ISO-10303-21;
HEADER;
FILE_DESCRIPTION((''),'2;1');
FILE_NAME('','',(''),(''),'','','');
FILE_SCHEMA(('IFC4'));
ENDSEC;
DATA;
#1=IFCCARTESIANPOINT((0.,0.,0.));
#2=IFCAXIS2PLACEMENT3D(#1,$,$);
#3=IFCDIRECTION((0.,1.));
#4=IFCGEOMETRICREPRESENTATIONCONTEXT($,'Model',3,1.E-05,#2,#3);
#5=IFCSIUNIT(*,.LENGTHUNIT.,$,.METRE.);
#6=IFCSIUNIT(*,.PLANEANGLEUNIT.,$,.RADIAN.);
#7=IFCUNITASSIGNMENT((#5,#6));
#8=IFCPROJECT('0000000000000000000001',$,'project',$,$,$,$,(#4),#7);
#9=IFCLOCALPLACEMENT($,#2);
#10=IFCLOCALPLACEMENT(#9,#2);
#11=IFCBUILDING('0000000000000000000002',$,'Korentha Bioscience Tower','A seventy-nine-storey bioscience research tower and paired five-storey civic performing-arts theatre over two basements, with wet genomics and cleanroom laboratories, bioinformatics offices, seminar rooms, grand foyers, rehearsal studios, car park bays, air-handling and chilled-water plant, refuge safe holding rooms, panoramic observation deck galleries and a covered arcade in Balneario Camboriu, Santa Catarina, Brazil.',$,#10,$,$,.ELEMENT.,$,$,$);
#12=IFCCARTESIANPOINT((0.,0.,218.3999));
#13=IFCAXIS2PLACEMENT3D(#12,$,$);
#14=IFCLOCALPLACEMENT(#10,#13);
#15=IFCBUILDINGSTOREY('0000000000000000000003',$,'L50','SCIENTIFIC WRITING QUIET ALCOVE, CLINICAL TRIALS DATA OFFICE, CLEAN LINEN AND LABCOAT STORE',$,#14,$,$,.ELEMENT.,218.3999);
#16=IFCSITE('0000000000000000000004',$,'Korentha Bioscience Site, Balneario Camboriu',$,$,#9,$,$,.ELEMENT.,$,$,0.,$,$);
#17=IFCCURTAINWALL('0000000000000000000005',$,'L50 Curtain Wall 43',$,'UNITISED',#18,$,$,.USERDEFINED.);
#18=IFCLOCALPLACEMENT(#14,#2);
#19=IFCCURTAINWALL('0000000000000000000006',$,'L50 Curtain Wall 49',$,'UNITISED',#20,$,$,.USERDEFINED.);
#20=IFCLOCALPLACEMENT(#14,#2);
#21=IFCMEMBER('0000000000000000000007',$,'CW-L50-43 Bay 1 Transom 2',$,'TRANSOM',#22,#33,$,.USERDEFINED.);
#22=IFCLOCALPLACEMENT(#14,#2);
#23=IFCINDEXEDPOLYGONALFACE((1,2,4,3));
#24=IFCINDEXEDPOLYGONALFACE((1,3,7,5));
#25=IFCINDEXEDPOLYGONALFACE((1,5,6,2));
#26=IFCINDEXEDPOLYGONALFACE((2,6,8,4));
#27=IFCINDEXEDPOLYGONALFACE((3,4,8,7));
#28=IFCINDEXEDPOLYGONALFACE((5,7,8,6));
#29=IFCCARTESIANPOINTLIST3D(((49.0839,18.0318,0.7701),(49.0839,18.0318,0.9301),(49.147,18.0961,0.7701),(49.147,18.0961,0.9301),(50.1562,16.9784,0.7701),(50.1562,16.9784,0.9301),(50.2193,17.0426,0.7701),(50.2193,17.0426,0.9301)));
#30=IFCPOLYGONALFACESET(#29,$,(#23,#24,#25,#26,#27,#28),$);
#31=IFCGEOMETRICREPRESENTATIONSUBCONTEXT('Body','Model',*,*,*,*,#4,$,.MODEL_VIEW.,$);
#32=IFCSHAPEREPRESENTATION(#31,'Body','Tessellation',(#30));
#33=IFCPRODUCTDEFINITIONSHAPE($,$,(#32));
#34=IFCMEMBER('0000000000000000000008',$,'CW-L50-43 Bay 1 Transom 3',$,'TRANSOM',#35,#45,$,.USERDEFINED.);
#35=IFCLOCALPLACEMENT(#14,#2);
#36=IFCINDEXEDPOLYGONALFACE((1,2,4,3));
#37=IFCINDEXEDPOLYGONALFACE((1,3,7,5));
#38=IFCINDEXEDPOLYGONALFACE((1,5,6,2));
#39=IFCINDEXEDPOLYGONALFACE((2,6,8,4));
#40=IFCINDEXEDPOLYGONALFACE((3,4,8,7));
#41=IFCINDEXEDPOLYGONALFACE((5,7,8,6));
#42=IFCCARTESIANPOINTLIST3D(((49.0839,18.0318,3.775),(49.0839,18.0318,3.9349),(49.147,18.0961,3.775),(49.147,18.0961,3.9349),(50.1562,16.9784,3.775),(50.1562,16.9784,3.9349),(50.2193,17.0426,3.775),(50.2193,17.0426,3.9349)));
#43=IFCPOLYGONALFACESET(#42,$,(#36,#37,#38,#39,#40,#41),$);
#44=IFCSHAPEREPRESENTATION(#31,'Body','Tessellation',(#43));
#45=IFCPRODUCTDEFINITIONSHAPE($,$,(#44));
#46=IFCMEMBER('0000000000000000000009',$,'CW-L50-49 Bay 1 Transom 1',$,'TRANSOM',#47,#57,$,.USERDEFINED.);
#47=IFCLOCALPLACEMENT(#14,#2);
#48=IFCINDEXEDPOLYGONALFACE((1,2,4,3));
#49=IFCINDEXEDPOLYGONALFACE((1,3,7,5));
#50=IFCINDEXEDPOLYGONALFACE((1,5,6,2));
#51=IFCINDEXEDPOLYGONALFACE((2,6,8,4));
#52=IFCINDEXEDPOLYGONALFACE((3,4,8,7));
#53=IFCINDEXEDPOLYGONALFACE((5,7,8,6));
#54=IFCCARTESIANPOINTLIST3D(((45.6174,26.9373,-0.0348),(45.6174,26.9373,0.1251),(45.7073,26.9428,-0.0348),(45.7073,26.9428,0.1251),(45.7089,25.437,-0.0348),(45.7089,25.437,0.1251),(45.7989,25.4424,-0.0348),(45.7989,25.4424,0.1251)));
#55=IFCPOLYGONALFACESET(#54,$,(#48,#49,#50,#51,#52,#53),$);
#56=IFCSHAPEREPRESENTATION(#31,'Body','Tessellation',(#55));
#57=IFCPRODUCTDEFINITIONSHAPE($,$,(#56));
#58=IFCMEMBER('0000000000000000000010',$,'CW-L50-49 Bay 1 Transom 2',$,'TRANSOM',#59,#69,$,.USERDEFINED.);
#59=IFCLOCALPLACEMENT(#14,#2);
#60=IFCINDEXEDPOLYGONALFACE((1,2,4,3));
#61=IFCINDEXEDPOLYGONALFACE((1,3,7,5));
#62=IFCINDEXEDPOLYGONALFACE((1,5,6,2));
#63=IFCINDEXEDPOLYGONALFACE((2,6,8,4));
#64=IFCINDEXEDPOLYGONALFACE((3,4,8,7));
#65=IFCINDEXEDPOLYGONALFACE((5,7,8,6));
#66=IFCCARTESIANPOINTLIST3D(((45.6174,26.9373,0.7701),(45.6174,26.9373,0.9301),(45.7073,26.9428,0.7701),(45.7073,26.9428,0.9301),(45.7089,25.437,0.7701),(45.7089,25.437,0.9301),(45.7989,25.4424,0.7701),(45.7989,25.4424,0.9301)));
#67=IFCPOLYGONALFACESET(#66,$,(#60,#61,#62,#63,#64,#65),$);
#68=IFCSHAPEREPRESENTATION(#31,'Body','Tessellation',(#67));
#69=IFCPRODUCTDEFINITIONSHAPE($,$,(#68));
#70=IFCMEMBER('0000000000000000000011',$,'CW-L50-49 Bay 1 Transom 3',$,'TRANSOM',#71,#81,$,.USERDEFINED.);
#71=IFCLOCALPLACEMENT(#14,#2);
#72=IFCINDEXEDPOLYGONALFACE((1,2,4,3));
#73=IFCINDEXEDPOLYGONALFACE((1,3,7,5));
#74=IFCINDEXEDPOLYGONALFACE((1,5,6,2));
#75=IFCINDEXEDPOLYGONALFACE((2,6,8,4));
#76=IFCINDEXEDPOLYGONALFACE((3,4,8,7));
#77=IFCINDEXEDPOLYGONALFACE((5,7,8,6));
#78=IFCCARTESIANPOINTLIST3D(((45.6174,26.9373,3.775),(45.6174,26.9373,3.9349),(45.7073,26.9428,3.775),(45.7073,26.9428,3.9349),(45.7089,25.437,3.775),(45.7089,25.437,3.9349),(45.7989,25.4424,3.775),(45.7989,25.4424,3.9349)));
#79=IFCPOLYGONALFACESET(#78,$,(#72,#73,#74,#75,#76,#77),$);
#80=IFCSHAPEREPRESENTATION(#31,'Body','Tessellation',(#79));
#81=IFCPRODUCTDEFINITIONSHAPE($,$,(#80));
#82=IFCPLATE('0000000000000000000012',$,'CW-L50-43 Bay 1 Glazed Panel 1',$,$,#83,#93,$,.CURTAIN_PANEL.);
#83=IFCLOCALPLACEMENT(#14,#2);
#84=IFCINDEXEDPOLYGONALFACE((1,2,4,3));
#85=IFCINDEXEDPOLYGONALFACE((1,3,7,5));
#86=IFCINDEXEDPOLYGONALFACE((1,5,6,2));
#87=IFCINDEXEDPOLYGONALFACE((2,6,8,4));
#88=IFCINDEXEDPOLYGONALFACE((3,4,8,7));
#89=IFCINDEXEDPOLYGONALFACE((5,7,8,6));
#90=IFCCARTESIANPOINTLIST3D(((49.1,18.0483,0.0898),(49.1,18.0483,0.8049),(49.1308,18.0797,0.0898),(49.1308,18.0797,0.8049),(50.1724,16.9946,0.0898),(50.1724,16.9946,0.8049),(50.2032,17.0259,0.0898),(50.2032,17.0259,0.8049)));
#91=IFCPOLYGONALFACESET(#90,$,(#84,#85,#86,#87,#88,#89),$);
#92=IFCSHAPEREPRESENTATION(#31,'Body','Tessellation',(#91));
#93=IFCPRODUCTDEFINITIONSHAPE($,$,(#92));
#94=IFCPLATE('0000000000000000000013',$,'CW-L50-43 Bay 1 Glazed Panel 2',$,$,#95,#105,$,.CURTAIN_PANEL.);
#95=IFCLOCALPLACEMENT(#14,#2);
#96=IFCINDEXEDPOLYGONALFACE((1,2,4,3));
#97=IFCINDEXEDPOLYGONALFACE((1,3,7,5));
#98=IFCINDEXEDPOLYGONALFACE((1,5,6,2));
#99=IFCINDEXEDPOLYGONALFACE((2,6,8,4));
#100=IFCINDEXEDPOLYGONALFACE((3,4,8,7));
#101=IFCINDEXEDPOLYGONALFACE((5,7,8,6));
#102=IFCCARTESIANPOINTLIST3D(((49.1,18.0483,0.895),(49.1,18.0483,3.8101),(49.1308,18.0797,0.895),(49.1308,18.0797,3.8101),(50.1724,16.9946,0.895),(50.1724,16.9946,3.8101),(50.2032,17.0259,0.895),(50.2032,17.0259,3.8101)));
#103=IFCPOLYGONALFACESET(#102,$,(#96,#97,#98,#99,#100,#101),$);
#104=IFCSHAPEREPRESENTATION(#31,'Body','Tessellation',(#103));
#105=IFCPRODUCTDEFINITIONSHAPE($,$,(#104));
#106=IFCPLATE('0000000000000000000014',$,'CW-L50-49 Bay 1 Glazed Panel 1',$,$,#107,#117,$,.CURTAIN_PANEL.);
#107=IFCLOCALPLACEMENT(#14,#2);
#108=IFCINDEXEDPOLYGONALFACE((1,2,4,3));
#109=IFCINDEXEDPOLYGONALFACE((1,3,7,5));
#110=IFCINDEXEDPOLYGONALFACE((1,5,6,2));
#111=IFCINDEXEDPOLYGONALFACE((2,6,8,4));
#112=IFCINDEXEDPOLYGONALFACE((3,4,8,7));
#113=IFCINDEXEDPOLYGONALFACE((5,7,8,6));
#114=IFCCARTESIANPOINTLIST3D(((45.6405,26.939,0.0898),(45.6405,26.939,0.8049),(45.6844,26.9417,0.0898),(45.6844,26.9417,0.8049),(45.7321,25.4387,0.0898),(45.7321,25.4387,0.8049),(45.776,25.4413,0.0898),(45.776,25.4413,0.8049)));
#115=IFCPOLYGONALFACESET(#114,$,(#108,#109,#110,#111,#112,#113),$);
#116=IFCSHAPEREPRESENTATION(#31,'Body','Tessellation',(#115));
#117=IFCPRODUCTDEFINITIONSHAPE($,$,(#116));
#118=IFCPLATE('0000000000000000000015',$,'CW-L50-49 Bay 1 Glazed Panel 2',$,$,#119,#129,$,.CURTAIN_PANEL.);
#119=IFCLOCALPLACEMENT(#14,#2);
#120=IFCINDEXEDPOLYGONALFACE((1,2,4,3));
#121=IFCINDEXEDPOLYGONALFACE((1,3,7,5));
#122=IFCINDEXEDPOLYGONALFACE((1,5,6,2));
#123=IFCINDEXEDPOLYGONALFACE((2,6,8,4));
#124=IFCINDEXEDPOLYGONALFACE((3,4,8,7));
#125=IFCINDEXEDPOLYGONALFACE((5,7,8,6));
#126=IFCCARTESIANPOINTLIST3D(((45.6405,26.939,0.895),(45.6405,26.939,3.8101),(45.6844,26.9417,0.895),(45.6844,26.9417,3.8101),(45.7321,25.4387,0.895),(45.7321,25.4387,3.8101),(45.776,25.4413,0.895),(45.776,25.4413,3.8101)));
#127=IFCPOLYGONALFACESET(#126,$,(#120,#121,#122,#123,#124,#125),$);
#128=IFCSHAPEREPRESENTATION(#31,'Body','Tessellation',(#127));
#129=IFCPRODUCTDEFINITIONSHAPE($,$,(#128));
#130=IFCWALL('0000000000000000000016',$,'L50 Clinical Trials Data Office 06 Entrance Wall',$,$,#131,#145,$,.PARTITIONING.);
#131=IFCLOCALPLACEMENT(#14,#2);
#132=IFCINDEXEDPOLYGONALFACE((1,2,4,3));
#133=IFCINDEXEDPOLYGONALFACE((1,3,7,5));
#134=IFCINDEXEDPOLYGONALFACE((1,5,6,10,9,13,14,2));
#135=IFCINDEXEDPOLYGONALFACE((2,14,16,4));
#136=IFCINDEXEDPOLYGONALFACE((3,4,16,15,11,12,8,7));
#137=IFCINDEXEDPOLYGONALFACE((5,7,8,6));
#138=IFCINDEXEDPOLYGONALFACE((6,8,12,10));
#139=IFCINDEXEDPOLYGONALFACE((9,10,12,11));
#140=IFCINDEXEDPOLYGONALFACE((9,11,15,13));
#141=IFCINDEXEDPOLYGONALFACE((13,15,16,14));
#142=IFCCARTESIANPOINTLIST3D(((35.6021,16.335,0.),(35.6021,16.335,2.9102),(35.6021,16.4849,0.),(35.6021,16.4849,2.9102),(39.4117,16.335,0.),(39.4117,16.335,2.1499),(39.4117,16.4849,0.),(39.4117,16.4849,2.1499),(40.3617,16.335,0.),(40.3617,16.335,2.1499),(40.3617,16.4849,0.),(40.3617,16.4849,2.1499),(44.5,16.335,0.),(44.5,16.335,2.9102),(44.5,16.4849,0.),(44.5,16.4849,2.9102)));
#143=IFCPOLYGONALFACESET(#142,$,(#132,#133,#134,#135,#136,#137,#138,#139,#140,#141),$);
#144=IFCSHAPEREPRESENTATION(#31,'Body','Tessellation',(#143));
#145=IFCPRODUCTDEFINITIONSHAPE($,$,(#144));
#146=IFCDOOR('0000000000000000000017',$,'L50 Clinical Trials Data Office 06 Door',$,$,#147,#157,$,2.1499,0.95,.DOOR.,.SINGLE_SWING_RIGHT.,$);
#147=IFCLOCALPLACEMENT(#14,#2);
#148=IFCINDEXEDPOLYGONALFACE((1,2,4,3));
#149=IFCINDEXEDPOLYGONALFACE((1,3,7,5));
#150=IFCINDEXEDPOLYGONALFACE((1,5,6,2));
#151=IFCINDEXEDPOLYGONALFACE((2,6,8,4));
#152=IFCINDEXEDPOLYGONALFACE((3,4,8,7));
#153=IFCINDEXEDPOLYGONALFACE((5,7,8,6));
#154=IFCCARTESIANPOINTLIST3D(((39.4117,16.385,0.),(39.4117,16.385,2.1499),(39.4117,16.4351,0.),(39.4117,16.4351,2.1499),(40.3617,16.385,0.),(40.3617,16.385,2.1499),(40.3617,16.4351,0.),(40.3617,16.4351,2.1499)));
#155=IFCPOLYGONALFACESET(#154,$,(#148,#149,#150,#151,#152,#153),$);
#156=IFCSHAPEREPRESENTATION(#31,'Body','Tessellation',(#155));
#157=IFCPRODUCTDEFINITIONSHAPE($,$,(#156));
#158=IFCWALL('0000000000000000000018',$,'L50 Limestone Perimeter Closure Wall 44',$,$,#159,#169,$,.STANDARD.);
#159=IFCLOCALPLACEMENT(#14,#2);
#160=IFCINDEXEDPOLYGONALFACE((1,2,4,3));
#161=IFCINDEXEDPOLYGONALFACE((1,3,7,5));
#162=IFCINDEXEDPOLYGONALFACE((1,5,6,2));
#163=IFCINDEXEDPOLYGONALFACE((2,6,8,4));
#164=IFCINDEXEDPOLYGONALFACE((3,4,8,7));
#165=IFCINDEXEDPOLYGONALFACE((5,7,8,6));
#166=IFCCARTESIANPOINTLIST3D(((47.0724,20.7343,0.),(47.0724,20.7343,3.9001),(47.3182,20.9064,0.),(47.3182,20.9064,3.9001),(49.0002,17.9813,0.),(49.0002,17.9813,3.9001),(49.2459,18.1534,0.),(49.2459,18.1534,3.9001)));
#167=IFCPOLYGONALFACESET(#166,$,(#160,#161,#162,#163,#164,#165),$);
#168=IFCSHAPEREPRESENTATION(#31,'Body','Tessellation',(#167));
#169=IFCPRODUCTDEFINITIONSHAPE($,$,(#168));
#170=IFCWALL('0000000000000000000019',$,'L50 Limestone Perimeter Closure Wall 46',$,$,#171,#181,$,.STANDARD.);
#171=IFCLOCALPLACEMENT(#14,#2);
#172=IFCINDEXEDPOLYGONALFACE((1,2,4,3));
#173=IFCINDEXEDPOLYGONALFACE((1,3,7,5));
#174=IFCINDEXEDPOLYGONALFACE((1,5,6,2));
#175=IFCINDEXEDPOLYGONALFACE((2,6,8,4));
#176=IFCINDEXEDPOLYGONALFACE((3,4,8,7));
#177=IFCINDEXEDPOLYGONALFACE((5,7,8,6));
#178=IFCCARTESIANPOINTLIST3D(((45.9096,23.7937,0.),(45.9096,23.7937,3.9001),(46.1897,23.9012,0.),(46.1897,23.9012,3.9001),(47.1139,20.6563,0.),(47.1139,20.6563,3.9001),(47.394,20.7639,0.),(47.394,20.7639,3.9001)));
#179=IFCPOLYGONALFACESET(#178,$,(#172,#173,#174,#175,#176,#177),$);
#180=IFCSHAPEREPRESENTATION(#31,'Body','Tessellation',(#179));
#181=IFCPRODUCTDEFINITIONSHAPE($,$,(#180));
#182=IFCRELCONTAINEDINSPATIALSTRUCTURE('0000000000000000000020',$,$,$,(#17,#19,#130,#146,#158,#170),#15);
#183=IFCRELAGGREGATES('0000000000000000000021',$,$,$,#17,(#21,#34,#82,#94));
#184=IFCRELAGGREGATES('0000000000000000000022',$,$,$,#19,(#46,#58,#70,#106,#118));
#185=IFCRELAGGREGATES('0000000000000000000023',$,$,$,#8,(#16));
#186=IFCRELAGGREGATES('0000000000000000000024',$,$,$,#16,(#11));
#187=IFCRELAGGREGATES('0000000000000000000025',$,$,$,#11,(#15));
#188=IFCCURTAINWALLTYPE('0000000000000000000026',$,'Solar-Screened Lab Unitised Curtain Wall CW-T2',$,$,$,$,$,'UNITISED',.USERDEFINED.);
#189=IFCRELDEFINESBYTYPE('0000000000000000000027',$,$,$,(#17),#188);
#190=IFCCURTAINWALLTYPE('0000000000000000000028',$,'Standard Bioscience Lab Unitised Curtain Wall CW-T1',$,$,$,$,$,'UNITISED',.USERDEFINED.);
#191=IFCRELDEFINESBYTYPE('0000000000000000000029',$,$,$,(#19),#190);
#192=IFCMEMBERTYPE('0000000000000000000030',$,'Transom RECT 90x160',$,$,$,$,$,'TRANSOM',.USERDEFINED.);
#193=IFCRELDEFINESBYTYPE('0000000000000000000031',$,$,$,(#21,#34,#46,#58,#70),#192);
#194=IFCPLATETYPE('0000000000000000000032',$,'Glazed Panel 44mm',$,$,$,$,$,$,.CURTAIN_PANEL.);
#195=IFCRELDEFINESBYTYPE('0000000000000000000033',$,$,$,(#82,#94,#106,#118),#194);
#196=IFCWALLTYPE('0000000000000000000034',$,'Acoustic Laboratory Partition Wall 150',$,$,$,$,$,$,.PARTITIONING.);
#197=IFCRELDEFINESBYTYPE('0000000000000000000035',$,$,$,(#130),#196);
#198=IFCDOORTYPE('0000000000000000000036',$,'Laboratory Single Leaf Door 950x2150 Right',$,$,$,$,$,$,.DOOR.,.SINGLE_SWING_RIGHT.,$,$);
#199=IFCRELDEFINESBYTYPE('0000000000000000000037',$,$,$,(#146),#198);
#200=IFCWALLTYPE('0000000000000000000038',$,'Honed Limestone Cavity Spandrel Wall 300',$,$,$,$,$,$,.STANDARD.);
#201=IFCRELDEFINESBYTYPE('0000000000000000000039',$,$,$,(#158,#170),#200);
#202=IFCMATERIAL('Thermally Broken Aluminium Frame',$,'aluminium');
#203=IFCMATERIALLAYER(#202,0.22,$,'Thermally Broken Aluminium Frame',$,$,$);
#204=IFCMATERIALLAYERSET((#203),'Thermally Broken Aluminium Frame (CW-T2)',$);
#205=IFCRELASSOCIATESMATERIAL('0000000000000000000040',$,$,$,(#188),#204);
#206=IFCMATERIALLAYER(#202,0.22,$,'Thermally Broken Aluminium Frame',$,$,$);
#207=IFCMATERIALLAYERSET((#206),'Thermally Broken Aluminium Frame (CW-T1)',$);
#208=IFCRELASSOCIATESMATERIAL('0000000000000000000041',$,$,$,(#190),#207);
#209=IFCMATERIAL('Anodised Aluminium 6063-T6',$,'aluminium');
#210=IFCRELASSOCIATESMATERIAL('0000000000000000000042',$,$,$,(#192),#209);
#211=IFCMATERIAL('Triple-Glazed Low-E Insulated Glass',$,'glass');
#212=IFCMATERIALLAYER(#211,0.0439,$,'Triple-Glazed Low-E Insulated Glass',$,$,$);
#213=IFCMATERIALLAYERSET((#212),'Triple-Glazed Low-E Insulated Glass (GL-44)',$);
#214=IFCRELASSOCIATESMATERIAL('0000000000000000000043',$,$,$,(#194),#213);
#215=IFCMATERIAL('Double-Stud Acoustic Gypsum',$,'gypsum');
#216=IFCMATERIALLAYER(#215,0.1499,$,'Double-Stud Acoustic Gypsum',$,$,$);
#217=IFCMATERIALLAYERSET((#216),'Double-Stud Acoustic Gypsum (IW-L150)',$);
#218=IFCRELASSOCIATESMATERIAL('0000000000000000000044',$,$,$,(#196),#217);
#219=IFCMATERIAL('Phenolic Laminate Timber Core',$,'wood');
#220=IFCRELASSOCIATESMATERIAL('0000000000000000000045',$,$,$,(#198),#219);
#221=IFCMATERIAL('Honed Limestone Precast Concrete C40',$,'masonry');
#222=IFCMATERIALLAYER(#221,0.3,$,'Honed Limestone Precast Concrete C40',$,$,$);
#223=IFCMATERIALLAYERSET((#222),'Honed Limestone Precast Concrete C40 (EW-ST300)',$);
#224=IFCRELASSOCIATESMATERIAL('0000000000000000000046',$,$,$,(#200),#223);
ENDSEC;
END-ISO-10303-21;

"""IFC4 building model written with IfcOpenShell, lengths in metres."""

from ifc_helpers import new_model, si_unit, direction, frame, frame_2d, origin, origin_2d, place, context, subcontext, project, spatial, rectangle, extrude, material, layer, layer_set, material_profile, profile_set, type_object, element, fill, aggregate, save


model = new_model("IFC4")

# Units and contexts
model_context = context("Model", 3, precision=1e-05, world=origin(), true_north=direction((0.0, 1.0)))
body_context = subcontext(model_context, "Body", "Model", "MODEL_VIEW")
ifc_project = project(units=[si_unit("LENGTHUNIT", "METRE"), si_unit("PLANEANGLEUNIT", "RADIAN")], contexts=[model_context])

# Site, building, storey
site_placement = place(None, origin())
site = spatial("IfcSite", under=ifc_project, at=site_placement, Name="Korentha Bioscience Site, Balneario Camboriu", CompositionType="ELEMENT", RefElevation=0.0)
building_placement = place(site_placement, origin())
building = spatial("IfcBuilding", under=site, at=building_placement, Name="Korentha Bioscience Tower", Description="A seventy-nine-storey bioscience research tower and paired five-storey civic performing-arts theatre over two basements, with wet genomics and cleanroom laboratories, bioinformatics offices, seminar rooms, grand foyers, rehearsal studios, car park bays, air-handling and chilled-water plant, refuge safe holding rooms, panoramic observation deck galleries and a covered arcade in Balneario Camboriu, Santa Catarina, Brazil.", CompositionType="ELEMENT")
storey_placement = place(building_placement, frame((0.0, 0.0, 218.3999)))
storey = spatial("IfcBuildingStorey", under=building, at=storey_placement, Name="L50", Description="SCIENTIFIC WRITING QUIET ALCOVE, CLINICAL TRIALS DATA OFFICE, CLEAN LINEN AND LABCOAT STORE", CompositionType="ELEMENT", Elevation=218.3999)

# Curtain walls
ifc_material_1 = material(Name="Thermally Broken Aluminium Frame", Category="aluminium")
ifc_layer_1 = layer(ifc_material_1, 0.22, Name="Thermally Broken Aluminium Frame")
ifc_layer_set_1 = layer_set([ifc_layer_1], Name="Thermally Broken Aluminium Frame (CW-T2)")
curtain_wall_type_1 = type_object("IfcCurtainWallType", Name="Solar-Screened Lab Unitised Curtain Wall CW-T2", ElementType="UNITISED", PredefinedType="USERDEFINED", material=ifc_layer_set_1)
curtain_wall_1_placement = place(storey_placement, origin())
curtain_wall_1 = element("IfcCurtainWall", 1, at=curtain_wall_1_placement, inside=storey, type_object=curtain_wall_type_1, Name="L50 Curtain Wall 43", ObjectType="UNITISED", PredefinedType="USERDEFINED")
ifc_material_2 = material(Name="Anodised Aluminium 6063-T6", Category="aluminium")
ifc_layer_2 = layer(ifc_material_1, 0.22, Name="Thermally Broken Aluminium Frame")
ifc_layer_set_2 = layer_set([ifc_layer_2], Name="Thermally Broken Aluminium Frame (CW-T1)")
curtain_wall_type_2 = type_object("IfcCurtainWallType", Name="Standard Bioscience Lab Unitised Curtain Wall CW-T1", ElementType="UNITISED", PredefinedType="USERDEFINED", material=ifc_layer_set_2)
curtain_wall_2_placement = place(storey_placement, origin())
curtain_wall_2 = element("IfcCurtainWall", 2, at=curtain_wall_2_placement, inside=storey, type_object=curtain_wall_type_2, Name="L50 Curtain Wall 49", ObjectType="UNITISED", PredefinedType="USERDEFINED")

# Members
ifc_material_profile_1 = material_profile(ifc_material_2, rectangle(XDim=0.0901, YDim=0.1599, at=origin_2d()), Name="Anodised Aluminium 6063-T6")
ifc_profile_set_1 = profile_set([ifc_material_profile_1], Name="Anodised Aluminium 6063-T6 (CW-TRN)")
member_type_1 = type_object("IfcMemberType", Name="Transom RECT 90x160", ElementType="TRANSOM", PredefinedType="USERDEFINED", material=ifc_profile_set_1)
member_1_placement = place(storey_placement, frame((50.1877, 17.0105, 0.8501), z_axis=(-0.713332, 0.700826, 0.0), x_axis=(-0.700826, -0.713332, 0.0)))
member_1 = element("IfcMember", 3, at=member_1_placement, type_object=member_type_1, Name="CW-L50-43 Bay 1 Transom 2", ObjectType="TRANSOM", PredefinedType="USERDEFINED", context=body_context, shape_type="SweptSolid", body=[
    extrude(rectangle(XDim=0.0901, YDim=0.1599, at=origin_2d()), origin(), (0.0, 0.0, 1.0), 1.5032),
])
member_2_placement = place(storey_placement, frame((50.1877, 17.0105, 3.855), z_axis=(-0.713332, 0.700826, 0.0), x_axis=(-0.700826, -0.713332, 0.0)))
member_2 = element("IfcMember", 4, at=member_2_placement, type_object=member_type_1, Name="CW-L50-43 Bay 1 Transom 3", ObjectType="TRANSOM", PredefinedType="USERDEFINED", context=body_context, shape_type="SweptSolid", body=[
    extrude(rectangle(XDim=0.0901, YDim=0.1599, at=origin_2d()), origin(), (0.0, 0.0, 1.0), 1.5032),
])
member_3_placement = place(storey_placement, frame((45.7539, 25.4397, 0.0452), z_axis=(-0.060902, 0.998144, 0.0), x_axis=(-0.998144, -0.060902, 0.0)))
member_3 = element("IfcMember", 5, at=member_3_placement, type_object=member_type_1, Name="CW-L50-49 Bay 1 Transom 1", ObjectType="TRANSOM", PredefinedType="USERDEFINED", context=body_context, shape_type="SweptSolid", body=[
    extrude(rectangle(XDim=0.0901, YDim=0.1599, at=origin_2d()), origin(), (0.0, 0.0, 1.0), 1.5032),
])
member_4_placement = place(storey_placement, frame((45.7539, 25.4397, 0.8501), z_axis=(-0.060902, 0.998144, 0.0), x_axis=(-0.998144, -0.060902, 0.0)))
member_4 = element("IfcMember", 6, at=member_4_placement, type_object=member_type_1, Name="CW-L50-49 Bay 1 Transom 2", ObjectType="TRANSOM", PredefinedType="USERDEFINED", context=body_context, shape_type="SweptSolid", body=[
    extrude(rectangle(XDim=0.0901, YDim=0.1599, at=origin_2d()), origin(), (0.0, 0.0, 1.0), 1.5032),
])
member_5_placement = place(storey_placement, frame((45.7539, 25.4397, 3.855), z_axis=(-0.060902, 0.998144, 0.0), x_axis=(-0.998144, -0.060902, 0.0)))
member_5 = element("IfcMember", 7, at=member_5_placement, type_object=member_type_1, Name="CW-L50-49 Bay 1 Transom 3", ObjectType="TRANSOM", PredefinedType="USERDEFINED", context=body_context, shape_type="SweptSolid", body=[
    extrude(rectangle(XDim=0.0901, YDim=0.1599, at=origin_2d()), origin(), (0.0, 0.0, 1.0), 1.5032),
])

# Plates
ifc_material_3 = material(Name="Triple-Glazed Low-E Insulated Glass", Category="glass")
ifc_layer_3 = layer(ifc_material_3, 0.0439, Name="Triple-Glazed Low-E Insulated Glass")
ifc_layer_set_3 = layer_set([ifc_layer_3], Name="Triple-Glazed Low-E Insulated Glass (GL-44)")
plate_type = type_object("IfcPlateType", Name="Glazed Panel 44mm", PredefinedType="CURTAIN_PANEL", material=ifc_layer_set_3)
plate_1_placement = place(storey_placement, frame((49.6516, 17.5371, 0.0898), z_axis=(0.0, 0.0, 1.0), x_axis=(-0.713258, 0.700901, 0.0)))
plate_1 = element("IfcPlate", 8, at=plate_1_placement, type_object=plate_type, Name="CW-L50-43 Bay 1 Glazed Panel 1", PredefinedType="CURTAIN_PANEL", context=body_context, shape_type="SweptSolid", body=[
    extrude(rectangle(XDim=1.5034, YDim=0.0439, at=origin_2d()), origin(), (0.0, 0.0, 1.0), 0.7151),
])
plate_2_placement = place(storey_placement, frame((49.6516, 17.5371, 0.895), z_axis=(0.0, 0.0, 1.0), x_axis=(-0.713258, 0.700901, 0.0)))
plate_2 = element("IfcPlate", 9, at=plate_2_placement, type_object=plate_type, Name="CW-L50-43 Bay 1 Glazed Panel 2", PredefinedType="CURTAIN_PANEL", context=body_context, shape_type="SweptSolid", body=[
    extrude(rectangle(XDim=1.5034, YDim=0.0439, at=origin_2d()), origin(), (0.0, 0.0, 1.0), 2.915),
])
aggregate(curtain_wall_1, [member_1, member_2, plate_1, plate_2])
plate_3_placement = place(storey_placement, frame((45.7083, 26.1902, 0.0898), z_axis=(0.0, 0.0, 1.0), x_axis=(-0.060954, 0.998141, 0.0)))
plate_3 = element("IfcPlate", 10, at=plate_3_placement, type_object=plate_type, Name="CW-L50-49 Bay 1 Glazed Panel 1", PredefinedType="CURTAIN_PANEL", context=body_context, shape_type="SweptSolid", body=[
    extrude(rectangle(XDim=1.5032, YDim=0.0439, at=origin_2d()), origin(), (0.0, 0.0, 1.0), 0.7151),
])
plate_4_placement = place(storey_placement, frame((45.7083, 26.1902, 0.895), z_axis=(0.0, 0.0, 1.0), x_axis=(-0.060954, 0.998141, 0.0)))
plate_4 = element("IfcPlate", 11, at=plate_4_placement, type_object=plate_type, Name="CW-L50-49 Bay 1 Glazed Panel 2", PredefinedType="CURTAIN_PANEL", context=body_context, shape_type="SweptSolid", body=[
    extrude(rectangle(XDim=1.5032, YDim=0.0439, at=origin_2d()), origin(), (0.0, 0.0, 1.0), 2.915),
])
aggregate(curtain_wall_2, [member_3, member_4, member_5, plate_3, plate_4])

# Wall, opening, door
ifc_material_4 = material(Name="Double-Stud Acoustic Gypsum", Category="gypsum")
ifc_layer_4 = layer(ifc_material_4, 0.1499, Name="Double-Stud Acoustic Gypsum")
ifc_layer_set_4 = layer_set([ifc_layer_4], Name="Double-Stud Acoustic Gypsum (IW-L150)")
wall_type_1 = type_object("IfcWallType", Name="Acoustic Laboratory Partition Wall 150", PredefinedType="PARTITIONING", material=ifc_layer_set_4)
wall_1_placement = place(storey_placement, frame((44.5, 16.4099, 0.0), z_axis=(0.0, 0.0, 1.0), x_axis=(-1.0, 0.0, 0.0)))
wall_1 = element("IfcWall", 12, at=wall_1_placement, inside=storey, type_object=wall_type_1, Name="L50 Clinical Trials Data Office 06 Entrance Wall", PredefinedType="PARTITIONING", context=body_context, shape_type="SweptSolid", body=[
    extrude(rectangle(XDim=8.8979, YDim=0.1499, at=frame_2d((4.449, 0.0))), origin(), (0.0, 0.0, 1.0), 2.9102),
])
opening_placement = place(wall_1_placement, frame((4.1382, 0.0, 0.0)))
opening = element("IfcOpeningElement", 13, at=opening_placement, cuts=wall_1, PredefinedType="OPENING", context=body_context, shape_type="SweptSolid", body=[
    extrude(rectangle(XDim=0.95, YDim=2.1499, at=frame_2d((0.4751, 1.075))), frame((0.0, 0.0898, 0.0), z_axis=(0.0, -1.0, 0.0), x_axis=(1.0, 0.0, 0.0)), (0.0, 0.0, 1.0), 0.1797),
])
ifc_material_5 = material(Name="Phenolic Laminate Timber Core", Category="wood")
door_type = type_object("IfcDoorType", Name="Laboratory Single Leaf Door 950x2150 Right", OperationType="SINGLE_SWING_RIGHT", PredefinedType="DOOR", material=ifc_material_5)
door_placement = place(opening_placement, origin())
door = element("IfcDoor", 14, at=door_placement, inside=storey, type_object=door_type, Name="L50 Clinical Trials Data Office 06 Door", OperationType="SINGLE_SWING_RIGHT", OverallHeight=2.1499, OverallWidth=0.95, PredefinedType="DOOR", context=body_context, shape_type="SweptSolid", body=[
    extrude(rectangle(XDim=0.95, YDim=2.1499, at=frame_2d((0.4751, 1.075))), frame((0.0, 0.0249, 0.0), z_axis=(0.0, -1.0, 0.0), x_axis=(1.0, 0.0, 0.0)), (0.0, 0.0, 1.0), 0.05),
])
fill(opening, door)

# Walls
ifc_material_6 = material(Name="Honed Limestone Precast Concrete C40", Category="masonry")
ifc_layer_5 = layer(ifc_material_6, 0.3, Name="Honed Limestone Precast Concrete C40")
ifc_layer_set_5 = layer_set([ifc_layer_5], Name="Honed Limestone Precast Concrete C40 (EW-ST300)")
wall_type_2 = type_object("IfcWallType", Name="Honed Limestone Cavity Spandrel Wall 300", PredefinedType="STANDARD", material=ifc_layer_set_5)
wall_2_placement = place(storey_placement, frame((49.123, 18.0674, 0.0), z_axis=(0.0, 0.0, 1.0), x_axis=(-0.573599, 0.819136, 0.0)))
element("IfcWall", 15, at=wall_2_placement, inside=storey, type_object=wall_type_2, Name="L50 Limestone Perimeter Closure Wall 44", PredefinedType="STANDARD", context=body_context, shape_type="SweptSolid", body=[
    extrude(rectangle(XDim=3.3608, YDim=0.3, at=frame_2d((1.6804, 0.0))), origin(), (0.0, 0.0, 1.0), 3.9001),
])
wall_3_placement = place(storey_placement, frame((47.2539, 20.7102, 0.0), z_axis=(0.0, 0.0, 1.0), x_axis=(-0.358366, 0.933581, 0.0)))
element("IfcWall", 16, at=wall_3_placement, inside=storey, type_object=wall_type_2, Name="L50 Limestone Perimeter Closure Wall 46", PredefinedType="STANDARD", context=body_context, shape_type="SweptSolid", body=[
    extrude(rectangle(XDim=3.3606, YDim=0.3, at=frame_2d((1.6802, 0.0))), origin(), (0.0, 0.0, 1.0), 3.9001),
])

save(model, "model.ifc")
